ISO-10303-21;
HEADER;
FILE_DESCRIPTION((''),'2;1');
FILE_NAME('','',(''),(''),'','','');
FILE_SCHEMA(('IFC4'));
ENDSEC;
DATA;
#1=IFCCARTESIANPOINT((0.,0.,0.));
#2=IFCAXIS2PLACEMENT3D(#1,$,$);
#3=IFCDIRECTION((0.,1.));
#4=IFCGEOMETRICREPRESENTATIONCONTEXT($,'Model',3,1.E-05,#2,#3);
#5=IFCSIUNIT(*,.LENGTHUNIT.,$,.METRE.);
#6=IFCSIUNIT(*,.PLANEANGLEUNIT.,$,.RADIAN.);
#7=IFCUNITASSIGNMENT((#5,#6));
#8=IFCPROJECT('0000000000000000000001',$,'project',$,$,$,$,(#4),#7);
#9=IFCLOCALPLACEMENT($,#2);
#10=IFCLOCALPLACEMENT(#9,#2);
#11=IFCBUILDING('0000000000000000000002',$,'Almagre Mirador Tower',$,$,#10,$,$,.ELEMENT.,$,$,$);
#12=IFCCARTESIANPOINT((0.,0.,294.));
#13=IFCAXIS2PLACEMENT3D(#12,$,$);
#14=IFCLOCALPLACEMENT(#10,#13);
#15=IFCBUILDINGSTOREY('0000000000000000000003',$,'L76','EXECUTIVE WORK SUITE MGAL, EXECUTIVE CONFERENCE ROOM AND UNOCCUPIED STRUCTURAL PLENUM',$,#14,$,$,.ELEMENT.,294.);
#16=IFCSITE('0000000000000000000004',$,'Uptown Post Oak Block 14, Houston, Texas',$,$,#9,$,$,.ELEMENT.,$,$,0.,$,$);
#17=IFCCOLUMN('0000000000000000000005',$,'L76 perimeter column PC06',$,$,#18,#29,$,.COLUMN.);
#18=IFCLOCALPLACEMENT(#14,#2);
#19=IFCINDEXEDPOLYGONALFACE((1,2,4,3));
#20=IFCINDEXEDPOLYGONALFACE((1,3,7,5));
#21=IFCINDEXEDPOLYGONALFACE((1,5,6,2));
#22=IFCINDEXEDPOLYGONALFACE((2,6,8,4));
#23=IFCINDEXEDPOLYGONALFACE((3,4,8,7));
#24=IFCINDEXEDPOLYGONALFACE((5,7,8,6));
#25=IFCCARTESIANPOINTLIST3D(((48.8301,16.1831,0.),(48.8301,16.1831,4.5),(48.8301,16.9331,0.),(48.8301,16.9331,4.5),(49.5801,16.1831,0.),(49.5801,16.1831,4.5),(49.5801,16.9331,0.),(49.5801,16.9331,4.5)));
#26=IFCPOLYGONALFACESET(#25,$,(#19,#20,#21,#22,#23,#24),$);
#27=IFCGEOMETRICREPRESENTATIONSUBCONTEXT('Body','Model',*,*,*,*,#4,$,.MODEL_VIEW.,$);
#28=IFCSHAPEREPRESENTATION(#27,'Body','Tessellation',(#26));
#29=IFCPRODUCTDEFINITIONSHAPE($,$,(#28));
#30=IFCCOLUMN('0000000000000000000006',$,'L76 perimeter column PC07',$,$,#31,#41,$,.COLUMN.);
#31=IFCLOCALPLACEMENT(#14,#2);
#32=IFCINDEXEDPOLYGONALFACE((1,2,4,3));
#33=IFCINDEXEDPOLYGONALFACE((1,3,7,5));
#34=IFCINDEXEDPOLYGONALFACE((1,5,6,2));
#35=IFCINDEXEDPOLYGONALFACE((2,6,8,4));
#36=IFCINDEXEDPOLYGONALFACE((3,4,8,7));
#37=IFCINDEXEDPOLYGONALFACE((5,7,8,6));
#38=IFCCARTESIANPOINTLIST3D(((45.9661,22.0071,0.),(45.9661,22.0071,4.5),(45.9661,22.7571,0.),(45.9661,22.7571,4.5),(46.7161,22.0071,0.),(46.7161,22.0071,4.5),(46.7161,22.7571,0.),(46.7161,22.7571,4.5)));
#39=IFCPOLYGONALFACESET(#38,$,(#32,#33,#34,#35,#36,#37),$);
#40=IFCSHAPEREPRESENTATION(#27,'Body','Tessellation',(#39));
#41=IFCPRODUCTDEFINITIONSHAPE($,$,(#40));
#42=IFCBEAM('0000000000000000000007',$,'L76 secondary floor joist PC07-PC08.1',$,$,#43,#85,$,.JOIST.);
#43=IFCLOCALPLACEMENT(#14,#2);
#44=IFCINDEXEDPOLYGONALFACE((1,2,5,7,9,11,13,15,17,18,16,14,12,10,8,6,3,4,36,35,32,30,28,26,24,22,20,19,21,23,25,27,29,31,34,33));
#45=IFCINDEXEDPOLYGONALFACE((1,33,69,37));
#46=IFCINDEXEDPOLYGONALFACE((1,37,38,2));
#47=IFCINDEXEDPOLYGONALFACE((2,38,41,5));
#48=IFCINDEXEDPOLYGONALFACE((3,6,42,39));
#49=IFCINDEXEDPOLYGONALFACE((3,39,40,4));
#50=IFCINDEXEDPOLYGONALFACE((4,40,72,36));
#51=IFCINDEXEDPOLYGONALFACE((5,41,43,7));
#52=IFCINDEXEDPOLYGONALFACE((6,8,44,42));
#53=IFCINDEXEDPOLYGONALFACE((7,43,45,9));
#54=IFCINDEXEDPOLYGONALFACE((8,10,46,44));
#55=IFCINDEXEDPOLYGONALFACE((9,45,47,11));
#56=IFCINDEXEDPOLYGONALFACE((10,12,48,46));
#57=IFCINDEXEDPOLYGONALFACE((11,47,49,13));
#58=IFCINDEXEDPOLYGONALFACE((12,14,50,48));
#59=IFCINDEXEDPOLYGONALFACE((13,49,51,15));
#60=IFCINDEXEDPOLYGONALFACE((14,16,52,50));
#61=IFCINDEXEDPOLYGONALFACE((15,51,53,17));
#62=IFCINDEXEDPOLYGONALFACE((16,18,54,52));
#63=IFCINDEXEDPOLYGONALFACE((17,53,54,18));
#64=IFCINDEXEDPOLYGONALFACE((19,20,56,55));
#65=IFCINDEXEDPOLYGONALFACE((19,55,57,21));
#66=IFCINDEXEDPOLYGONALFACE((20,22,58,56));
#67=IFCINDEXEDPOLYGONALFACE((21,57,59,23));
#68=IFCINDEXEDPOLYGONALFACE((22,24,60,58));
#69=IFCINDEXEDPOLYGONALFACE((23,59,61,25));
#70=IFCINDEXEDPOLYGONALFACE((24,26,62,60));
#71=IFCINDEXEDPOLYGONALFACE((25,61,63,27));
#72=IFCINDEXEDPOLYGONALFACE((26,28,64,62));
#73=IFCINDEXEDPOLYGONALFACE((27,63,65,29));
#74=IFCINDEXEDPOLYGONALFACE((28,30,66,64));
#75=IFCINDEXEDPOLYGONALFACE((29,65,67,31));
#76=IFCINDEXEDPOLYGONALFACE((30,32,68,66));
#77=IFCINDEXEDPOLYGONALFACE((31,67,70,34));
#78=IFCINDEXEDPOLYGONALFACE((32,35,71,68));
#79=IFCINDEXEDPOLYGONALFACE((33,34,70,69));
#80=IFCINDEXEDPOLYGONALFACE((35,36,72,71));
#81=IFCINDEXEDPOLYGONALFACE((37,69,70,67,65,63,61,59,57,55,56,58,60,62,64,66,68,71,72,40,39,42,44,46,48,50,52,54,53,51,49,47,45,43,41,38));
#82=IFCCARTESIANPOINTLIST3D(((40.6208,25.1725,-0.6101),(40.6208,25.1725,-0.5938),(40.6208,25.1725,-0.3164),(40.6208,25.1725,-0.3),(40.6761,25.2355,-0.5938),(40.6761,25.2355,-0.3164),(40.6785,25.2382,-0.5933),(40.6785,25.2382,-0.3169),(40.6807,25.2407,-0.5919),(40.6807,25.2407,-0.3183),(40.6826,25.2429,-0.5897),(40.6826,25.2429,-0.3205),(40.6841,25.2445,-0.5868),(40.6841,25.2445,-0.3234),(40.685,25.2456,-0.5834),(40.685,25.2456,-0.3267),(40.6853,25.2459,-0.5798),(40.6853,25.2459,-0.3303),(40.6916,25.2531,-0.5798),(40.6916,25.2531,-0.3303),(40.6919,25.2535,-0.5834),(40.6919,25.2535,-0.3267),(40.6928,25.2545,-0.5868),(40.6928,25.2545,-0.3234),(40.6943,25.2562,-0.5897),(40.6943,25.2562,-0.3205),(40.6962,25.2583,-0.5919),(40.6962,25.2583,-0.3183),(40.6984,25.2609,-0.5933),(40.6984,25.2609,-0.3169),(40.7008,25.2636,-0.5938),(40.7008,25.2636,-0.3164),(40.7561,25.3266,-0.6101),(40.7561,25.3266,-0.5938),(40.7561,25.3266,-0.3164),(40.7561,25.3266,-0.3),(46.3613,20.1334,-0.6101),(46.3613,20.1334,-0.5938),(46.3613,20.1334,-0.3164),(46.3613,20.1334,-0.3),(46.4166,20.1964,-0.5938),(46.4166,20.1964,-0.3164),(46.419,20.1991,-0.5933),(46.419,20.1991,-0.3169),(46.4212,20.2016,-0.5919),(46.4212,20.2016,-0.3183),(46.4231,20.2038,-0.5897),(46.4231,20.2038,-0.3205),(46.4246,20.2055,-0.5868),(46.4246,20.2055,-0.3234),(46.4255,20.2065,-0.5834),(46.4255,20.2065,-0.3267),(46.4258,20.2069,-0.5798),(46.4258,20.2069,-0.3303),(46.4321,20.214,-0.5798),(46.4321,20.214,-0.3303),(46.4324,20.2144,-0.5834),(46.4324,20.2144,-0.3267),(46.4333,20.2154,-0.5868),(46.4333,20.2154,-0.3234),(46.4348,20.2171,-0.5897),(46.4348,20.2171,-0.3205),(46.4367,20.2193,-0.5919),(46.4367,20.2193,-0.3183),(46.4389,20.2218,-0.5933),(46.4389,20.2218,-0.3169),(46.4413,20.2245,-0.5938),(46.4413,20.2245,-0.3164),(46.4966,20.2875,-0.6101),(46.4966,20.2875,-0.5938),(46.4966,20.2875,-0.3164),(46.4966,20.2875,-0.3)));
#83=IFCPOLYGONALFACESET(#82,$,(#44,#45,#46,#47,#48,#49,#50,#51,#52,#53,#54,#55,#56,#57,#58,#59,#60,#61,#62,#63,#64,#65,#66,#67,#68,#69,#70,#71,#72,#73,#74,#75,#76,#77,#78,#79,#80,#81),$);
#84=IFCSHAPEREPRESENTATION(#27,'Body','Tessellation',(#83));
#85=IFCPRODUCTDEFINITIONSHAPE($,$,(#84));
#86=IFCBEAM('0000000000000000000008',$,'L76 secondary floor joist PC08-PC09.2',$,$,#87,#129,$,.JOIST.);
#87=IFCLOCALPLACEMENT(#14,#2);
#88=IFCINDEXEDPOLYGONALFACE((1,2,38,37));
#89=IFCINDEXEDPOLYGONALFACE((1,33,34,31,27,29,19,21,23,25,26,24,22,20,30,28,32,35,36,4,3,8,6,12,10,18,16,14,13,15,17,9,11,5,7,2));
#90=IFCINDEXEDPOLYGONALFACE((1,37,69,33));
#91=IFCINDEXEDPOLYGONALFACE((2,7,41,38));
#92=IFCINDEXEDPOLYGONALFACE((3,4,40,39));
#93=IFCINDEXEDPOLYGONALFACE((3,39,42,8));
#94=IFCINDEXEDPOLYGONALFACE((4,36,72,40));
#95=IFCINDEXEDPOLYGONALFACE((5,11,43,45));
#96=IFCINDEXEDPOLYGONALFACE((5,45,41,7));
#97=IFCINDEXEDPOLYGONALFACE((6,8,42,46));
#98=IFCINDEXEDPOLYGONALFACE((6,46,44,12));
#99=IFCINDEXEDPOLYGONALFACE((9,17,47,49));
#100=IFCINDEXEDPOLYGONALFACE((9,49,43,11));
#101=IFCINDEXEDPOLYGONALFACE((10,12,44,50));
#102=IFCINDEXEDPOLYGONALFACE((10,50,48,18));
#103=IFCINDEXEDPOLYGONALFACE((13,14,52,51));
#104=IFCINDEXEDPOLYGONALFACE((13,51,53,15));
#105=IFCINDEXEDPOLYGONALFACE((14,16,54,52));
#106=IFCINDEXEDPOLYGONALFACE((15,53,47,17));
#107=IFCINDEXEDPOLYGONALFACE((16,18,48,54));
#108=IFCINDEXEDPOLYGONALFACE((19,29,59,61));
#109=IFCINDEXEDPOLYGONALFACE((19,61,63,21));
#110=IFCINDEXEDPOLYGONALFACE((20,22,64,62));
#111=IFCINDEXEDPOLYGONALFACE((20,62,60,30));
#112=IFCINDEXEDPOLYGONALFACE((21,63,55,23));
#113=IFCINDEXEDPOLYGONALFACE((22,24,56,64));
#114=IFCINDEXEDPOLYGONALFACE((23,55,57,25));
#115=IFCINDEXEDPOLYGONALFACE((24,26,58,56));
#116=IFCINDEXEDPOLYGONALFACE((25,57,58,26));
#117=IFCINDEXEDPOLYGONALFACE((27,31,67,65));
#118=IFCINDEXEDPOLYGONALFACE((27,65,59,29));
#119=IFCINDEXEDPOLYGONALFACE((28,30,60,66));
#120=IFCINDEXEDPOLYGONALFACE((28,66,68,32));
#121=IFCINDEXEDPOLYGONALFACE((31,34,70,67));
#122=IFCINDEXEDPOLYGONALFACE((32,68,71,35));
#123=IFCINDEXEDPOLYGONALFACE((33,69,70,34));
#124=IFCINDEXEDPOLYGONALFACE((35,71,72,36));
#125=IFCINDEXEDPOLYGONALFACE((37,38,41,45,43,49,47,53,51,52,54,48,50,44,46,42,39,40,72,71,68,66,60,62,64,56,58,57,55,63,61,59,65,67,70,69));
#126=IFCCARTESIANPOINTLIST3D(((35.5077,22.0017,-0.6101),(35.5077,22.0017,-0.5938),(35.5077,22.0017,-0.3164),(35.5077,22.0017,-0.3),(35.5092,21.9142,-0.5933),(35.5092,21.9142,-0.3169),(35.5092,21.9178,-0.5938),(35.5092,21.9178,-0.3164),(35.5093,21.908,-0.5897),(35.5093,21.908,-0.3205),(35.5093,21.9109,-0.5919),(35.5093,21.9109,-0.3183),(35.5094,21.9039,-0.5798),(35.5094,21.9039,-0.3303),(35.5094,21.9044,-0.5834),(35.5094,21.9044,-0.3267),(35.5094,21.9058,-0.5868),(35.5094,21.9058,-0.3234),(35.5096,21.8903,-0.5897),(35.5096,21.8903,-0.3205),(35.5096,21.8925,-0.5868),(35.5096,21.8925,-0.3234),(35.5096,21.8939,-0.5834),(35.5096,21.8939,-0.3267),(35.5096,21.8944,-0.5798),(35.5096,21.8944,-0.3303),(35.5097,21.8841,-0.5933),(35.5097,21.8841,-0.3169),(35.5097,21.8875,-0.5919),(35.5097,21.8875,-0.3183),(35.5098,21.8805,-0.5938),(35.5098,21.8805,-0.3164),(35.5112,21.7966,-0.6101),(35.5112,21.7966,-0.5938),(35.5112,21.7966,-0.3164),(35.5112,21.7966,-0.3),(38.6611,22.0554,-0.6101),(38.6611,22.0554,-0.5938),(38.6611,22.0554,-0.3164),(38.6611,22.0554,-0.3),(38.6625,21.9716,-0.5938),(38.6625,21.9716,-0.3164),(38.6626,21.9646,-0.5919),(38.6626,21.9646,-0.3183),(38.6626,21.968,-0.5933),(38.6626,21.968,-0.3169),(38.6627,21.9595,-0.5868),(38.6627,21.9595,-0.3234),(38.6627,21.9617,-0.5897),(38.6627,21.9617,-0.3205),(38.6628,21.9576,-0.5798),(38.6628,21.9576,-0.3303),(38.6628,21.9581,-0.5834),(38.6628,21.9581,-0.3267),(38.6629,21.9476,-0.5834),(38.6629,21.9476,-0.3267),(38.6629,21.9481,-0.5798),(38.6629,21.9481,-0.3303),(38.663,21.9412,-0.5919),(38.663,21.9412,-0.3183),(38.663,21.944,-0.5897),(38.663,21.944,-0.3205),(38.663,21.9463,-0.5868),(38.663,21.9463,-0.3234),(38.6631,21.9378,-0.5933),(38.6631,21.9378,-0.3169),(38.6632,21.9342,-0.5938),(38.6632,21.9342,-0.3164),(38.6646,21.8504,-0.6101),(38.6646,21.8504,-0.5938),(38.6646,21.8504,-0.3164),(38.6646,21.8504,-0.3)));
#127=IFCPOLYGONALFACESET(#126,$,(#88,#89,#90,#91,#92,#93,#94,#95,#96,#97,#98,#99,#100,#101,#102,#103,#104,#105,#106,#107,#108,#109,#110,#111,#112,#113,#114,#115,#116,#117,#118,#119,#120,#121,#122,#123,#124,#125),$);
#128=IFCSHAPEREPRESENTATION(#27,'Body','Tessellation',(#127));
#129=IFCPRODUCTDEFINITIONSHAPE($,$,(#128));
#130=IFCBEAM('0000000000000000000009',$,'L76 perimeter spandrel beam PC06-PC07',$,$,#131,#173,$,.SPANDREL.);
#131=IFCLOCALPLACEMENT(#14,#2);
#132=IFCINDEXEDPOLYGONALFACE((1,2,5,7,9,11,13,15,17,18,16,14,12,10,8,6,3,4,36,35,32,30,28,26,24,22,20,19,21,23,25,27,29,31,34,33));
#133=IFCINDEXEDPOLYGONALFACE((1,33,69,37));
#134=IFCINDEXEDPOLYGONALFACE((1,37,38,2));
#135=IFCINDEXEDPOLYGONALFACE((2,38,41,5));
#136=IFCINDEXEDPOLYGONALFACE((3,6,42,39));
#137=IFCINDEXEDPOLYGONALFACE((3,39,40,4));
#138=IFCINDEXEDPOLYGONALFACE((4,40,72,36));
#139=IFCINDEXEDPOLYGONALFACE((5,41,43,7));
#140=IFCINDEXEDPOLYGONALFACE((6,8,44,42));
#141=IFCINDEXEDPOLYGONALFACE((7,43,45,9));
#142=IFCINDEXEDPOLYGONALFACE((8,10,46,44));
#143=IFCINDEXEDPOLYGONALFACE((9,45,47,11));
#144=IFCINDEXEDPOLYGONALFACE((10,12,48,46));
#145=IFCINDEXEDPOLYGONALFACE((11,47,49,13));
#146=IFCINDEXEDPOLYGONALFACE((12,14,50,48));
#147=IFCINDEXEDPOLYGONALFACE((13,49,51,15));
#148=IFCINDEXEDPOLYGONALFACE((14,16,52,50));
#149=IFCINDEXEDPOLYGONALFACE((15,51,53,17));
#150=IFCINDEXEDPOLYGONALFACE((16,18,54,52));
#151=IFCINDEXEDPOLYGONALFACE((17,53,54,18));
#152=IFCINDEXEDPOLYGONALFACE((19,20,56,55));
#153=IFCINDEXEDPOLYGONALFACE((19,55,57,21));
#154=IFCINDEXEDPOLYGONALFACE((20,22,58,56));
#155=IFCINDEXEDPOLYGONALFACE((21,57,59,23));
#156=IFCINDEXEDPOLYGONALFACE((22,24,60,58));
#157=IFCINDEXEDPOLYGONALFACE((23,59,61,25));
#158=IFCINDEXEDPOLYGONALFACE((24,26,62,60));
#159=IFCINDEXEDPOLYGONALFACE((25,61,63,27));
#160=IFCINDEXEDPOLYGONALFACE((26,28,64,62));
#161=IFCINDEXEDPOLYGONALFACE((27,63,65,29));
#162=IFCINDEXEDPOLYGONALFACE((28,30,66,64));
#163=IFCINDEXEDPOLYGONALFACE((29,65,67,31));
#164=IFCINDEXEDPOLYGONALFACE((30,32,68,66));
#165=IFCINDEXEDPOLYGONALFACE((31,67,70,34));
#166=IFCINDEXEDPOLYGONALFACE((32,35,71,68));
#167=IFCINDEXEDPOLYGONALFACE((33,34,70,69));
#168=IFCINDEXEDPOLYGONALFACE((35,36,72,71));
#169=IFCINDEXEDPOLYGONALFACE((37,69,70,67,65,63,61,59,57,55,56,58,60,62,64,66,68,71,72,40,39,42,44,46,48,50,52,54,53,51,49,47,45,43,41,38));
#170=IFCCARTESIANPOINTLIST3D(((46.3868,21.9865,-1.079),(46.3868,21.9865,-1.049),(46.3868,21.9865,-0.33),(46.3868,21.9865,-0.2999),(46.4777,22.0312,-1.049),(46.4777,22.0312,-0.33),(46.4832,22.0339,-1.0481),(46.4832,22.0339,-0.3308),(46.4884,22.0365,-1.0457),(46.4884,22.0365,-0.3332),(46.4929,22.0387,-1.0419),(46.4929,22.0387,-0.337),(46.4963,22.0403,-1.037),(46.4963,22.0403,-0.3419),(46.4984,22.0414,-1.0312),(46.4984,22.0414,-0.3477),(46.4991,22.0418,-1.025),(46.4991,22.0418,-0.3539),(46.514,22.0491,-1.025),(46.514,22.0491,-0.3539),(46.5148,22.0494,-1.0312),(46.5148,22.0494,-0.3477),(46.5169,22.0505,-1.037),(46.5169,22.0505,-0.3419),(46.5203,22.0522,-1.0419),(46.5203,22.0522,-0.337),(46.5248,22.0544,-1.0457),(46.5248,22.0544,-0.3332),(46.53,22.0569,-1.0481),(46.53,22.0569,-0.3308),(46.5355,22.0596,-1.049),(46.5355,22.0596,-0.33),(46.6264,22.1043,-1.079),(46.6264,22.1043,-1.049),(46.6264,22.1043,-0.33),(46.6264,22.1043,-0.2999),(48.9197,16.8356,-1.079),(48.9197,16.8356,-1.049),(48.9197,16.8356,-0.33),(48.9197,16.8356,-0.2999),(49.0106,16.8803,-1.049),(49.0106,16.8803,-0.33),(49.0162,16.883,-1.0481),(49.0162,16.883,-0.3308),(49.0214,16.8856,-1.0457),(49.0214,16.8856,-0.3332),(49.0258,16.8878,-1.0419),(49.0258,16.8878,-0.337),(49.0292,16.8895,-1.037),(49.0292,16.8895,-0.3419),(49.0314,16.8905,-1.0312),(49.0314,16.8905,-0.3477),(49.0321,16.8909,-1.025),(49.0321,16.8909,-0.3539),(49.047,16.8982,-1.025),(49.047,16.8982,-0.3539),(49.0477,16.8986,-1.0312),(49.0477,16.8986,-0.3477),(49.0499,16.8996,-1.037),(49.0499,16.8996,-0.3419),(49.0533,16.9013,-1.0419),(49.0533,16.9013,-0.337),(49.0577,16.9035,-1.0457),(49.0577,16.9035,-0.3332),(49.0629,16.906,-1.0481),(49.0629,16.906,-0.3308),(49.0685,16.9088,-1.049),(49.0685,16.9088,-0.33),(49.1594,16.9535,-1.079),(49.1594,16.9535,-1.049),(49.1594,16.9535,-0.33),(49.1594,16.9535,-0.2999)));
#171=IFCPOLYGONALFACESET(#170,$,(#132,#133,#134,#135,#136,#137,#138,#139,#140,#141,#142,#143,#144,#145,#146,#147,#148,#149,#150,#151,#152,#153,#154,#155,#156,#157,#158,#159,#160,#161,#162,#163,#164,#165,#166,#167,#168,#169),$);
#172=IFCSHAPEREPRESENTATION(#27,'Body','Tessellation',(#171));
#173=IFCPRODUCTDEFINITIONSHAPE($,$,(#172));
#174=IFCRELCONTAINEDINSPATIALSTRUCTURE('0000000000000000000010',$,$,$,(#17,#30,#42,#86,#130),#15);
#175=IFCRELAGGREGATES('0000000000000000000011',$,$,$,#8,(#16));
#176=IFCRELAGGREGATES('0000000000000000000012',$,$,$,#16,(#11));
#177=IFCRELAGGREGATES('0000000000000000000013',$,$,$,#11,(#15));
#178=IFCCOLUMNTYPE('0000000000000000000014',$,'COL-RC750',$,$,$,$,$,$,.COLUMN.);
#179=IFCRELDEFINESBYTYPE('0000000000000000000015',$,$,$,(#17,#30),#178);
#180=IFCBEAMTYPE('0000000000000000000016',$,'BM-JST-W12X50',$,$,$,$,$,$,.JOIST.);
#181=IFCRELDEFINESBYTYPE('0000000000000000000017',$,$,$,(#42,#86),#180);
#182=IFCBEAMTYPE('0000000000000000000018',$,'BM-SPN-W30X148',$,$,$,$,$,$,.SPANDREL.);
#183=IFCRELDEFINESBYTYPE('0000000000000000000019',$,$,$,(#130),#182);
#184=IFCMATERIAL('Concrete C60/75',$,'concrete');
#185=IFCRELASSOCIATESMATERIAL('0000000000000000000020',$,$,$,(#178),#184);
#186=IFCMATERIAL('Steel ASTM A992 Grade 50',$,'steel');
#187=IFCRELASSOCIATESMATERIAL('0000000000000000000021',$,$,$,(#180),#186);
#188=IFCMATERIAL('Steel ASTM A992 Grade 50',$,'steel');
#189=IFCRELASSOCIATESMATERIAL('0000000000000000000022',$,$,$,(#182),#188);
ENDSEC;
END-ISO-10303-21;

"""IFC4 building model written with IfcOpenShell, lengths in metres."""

from ifc_helpers import new_model, si_unit, direction, frame, origin, origin_2d, place, context, subcontext, project, spatial, rectangle, i_section, extrude, material, material_profile, profile_set, type_object, element, save


model = new_model("IFC4")

# Units and contexts
model_context = context("Model", 3, precision=1e-05, world=origin(), true_north=direction((0.0, 1.0)))
body_context = subcontext(model_context, "Body", "Model", "MODEL_VIEW")
ifc_project = project(units=[si_unit("LENGTHUNIT", "METRE"), si_unit("PLANEANGLEUNIT", "RADIAN")], contexts=[model_context])

# Site, building, storey
site_placement = place(None, origin())
site = spatial("IfcSite", under=ifc_project, at=site_placement, Name="Uptown Post Oak Block 14, Houston, Texas", CompositionType="ELEMENT", RefElevation=0.0)
building_placement = place(site_placement, origin())
building = spatial("IfcBuilding", under=site, at=building_placement, Name="Almagre Mirador Tower", CompositionType="ELEMENT")
storey_placement = place(building_placement, frame((0.0, 0.0, 294.0)))
storey = spatial("IfcBuildingStorey", under=building, at=storey_placement, Name="L76", Description="EXECUTIVE WORK SUITE MGAL, EXECUTIVE CONFERENCE ROOM AND UNOCCUPIED STRUCTURAL PLENUM", CompositionType="ELEMENT", Elevation=294.0)

# Columns
ifc_material_1 = material(Name="Concrete C60/75", Category="concrete")
ifc_material_profile_1 = material_profile(ifc_material_1, rectangle(XDim=0.75, YDim=0.75, at=origin_2d()), Name="RC750X750")
ifc_profile_set_1 = profile_set([ifc_material_profile_1], Name="Concrete C60/75")
column_type = type_object("IfcColumnType", Name="COL-RC750", PredefinedType="COLUMN", material=ifc_profile_set_1)
for number, where, z_axis, x_axis, name in (
    (1, (49.2051, 16.5581, 0.0), (0.0, 0.0, 1.0), (1.0, 0.0, 0.0), "L76 perimeter column PC06"),
    (2, (46.3411, 22.3821, 0.0), (0.0, 0.0, 1.0), (1.0, 0.0, 0.0), "L76 perimeter column PC07"),
):
    element("IfcColumn", number, at=place(storey_placement, frame(where, z_axis=z_axis, x_axis=x_axis)), inside=storey, type_object=column_type, Name=name, PredefinedType="COLUMN", context=body_context, shape_type="SweptSolid", body=[
        extrude(rectangle(XDim=0.75, YDim=0.75, at=origin_2d()), origin(), (0.0, 0.0, 1.0), 4.5),
    ])

# Beams
ifc_material_2 = material(Name="Steel ASTM A992 Grade 50", Category="steel")
ifc_material_profile_2 = material_profile(ifc_material_2, i_section(OverallWidth=0.2051, OverallDepth=0.3101, WebThickness=0.0095, FlangeThickness=0.0164, FilletRadius=0.0139, at=origin_2d()), Name="W12X50")
ifc_profile_set_2 = profile_set([ifc_material_profile_2], Name="Steel ASTM A992 Grade 50")
beam_type_1 = type_object("IfcBeamType", Name="BM-JST-W12X50", PredefinedType="JOIST", material=ifc_profile_set_2)
beam_1_placement = place(storey_placement, frame((46.429, 20.2104, -0.4551), z_axis=(-0.751528, 0.659701, 0.0), x_axis=(-0.659701, -0.751528, 0.0)))
element("IfcBeam", 3, at=beam_1_placement, inside=storey, type_object=beam_type_1, Name="L76 secondary floor joist PC07-PC08.1", PredefinedType="JOIST", context=body_context, shape_type="SweptSolid", body=[
    extrude(i_section(OverallWidth=0.2051, OverallDepth=0.3101, WebThickness=0.0095, FlangeThickness=0.0164, FilletRadius=0.0139, at=origin_2d()), origin(), (0.0, 0.0, 1.0), 7.6384),
])
beam_2_placement = place(storey_placement, frame((38.6628, 21.9529, -0.4551), z_axis=(-0.999855, -0.017031, 0.0), x_axis=(0.017031, -0.999855, 0.0)))
element("IfcBeam", 4, at=beam_2_placement, inside=storey, type_object=beam_type_1, Name="L76 secondary floor joist PC08-PC09.2", PredefinedType="JOIST", context=body_context, shape_type="SweptSolid", body=[
    extrude(i_section(OverallWidth=0.2051, OverallDepth=0.3101, WebThickness=0.0095, FlangeThickness=0.0164, FilletRadius=0.0139, at=origin_2d()), origin(), (0.0, 0.0, 1.0), 3.1538),
])
ifc_material_3 = material(Name="Steel ASTM A992 Grade 50", Category="steel")
ifc_material_profile_3 = material_profile(ifc_material_3, i_section(OverallWidth=0.2671, OverallDepth=0.7791, WebThickness=0.0166, FlangeThickness=0.03, FilletRadius=0.0239, at=origin_2d()), Name="W30X148")
ifc_profile_set_3 = profile_set([ifc_material_profile_3], Name="Steel ASTM A992 Grade 50")
beam_type_2 = type_object("IfcBeamType", Name="BM-SPN-W30X148", PredefinedType="SPANDREL", material=ifc_profile_set_3)
beam_3_placement = place(storey_placement, frame((49.0396, 16.8945, -0.6895), z_axis=(-0.441283, 0.897368, 0.0), x_axis=(-0.897368, -0.441283, 0.0)))
element("IfcBeam", 5, at=beam_3_placement, inside=storey, type_object=beam_type_2, Name="L76 perimeter spandrel beam PC06-PC07", PredefinedType="SPANDREL", context=body_context, shape_type="SweptSolid", body=[
    extrude(i_section(OverallWidth=0.2671, OverallDepth=0.7791, WebThickness=0.0166, FlangeThickness=0.03, FilletRadius=0.0239, at=origin_2d()), origin(), (0.0, 0.0, 1.0), 5.74),
])

save(model, "model.ifc")
